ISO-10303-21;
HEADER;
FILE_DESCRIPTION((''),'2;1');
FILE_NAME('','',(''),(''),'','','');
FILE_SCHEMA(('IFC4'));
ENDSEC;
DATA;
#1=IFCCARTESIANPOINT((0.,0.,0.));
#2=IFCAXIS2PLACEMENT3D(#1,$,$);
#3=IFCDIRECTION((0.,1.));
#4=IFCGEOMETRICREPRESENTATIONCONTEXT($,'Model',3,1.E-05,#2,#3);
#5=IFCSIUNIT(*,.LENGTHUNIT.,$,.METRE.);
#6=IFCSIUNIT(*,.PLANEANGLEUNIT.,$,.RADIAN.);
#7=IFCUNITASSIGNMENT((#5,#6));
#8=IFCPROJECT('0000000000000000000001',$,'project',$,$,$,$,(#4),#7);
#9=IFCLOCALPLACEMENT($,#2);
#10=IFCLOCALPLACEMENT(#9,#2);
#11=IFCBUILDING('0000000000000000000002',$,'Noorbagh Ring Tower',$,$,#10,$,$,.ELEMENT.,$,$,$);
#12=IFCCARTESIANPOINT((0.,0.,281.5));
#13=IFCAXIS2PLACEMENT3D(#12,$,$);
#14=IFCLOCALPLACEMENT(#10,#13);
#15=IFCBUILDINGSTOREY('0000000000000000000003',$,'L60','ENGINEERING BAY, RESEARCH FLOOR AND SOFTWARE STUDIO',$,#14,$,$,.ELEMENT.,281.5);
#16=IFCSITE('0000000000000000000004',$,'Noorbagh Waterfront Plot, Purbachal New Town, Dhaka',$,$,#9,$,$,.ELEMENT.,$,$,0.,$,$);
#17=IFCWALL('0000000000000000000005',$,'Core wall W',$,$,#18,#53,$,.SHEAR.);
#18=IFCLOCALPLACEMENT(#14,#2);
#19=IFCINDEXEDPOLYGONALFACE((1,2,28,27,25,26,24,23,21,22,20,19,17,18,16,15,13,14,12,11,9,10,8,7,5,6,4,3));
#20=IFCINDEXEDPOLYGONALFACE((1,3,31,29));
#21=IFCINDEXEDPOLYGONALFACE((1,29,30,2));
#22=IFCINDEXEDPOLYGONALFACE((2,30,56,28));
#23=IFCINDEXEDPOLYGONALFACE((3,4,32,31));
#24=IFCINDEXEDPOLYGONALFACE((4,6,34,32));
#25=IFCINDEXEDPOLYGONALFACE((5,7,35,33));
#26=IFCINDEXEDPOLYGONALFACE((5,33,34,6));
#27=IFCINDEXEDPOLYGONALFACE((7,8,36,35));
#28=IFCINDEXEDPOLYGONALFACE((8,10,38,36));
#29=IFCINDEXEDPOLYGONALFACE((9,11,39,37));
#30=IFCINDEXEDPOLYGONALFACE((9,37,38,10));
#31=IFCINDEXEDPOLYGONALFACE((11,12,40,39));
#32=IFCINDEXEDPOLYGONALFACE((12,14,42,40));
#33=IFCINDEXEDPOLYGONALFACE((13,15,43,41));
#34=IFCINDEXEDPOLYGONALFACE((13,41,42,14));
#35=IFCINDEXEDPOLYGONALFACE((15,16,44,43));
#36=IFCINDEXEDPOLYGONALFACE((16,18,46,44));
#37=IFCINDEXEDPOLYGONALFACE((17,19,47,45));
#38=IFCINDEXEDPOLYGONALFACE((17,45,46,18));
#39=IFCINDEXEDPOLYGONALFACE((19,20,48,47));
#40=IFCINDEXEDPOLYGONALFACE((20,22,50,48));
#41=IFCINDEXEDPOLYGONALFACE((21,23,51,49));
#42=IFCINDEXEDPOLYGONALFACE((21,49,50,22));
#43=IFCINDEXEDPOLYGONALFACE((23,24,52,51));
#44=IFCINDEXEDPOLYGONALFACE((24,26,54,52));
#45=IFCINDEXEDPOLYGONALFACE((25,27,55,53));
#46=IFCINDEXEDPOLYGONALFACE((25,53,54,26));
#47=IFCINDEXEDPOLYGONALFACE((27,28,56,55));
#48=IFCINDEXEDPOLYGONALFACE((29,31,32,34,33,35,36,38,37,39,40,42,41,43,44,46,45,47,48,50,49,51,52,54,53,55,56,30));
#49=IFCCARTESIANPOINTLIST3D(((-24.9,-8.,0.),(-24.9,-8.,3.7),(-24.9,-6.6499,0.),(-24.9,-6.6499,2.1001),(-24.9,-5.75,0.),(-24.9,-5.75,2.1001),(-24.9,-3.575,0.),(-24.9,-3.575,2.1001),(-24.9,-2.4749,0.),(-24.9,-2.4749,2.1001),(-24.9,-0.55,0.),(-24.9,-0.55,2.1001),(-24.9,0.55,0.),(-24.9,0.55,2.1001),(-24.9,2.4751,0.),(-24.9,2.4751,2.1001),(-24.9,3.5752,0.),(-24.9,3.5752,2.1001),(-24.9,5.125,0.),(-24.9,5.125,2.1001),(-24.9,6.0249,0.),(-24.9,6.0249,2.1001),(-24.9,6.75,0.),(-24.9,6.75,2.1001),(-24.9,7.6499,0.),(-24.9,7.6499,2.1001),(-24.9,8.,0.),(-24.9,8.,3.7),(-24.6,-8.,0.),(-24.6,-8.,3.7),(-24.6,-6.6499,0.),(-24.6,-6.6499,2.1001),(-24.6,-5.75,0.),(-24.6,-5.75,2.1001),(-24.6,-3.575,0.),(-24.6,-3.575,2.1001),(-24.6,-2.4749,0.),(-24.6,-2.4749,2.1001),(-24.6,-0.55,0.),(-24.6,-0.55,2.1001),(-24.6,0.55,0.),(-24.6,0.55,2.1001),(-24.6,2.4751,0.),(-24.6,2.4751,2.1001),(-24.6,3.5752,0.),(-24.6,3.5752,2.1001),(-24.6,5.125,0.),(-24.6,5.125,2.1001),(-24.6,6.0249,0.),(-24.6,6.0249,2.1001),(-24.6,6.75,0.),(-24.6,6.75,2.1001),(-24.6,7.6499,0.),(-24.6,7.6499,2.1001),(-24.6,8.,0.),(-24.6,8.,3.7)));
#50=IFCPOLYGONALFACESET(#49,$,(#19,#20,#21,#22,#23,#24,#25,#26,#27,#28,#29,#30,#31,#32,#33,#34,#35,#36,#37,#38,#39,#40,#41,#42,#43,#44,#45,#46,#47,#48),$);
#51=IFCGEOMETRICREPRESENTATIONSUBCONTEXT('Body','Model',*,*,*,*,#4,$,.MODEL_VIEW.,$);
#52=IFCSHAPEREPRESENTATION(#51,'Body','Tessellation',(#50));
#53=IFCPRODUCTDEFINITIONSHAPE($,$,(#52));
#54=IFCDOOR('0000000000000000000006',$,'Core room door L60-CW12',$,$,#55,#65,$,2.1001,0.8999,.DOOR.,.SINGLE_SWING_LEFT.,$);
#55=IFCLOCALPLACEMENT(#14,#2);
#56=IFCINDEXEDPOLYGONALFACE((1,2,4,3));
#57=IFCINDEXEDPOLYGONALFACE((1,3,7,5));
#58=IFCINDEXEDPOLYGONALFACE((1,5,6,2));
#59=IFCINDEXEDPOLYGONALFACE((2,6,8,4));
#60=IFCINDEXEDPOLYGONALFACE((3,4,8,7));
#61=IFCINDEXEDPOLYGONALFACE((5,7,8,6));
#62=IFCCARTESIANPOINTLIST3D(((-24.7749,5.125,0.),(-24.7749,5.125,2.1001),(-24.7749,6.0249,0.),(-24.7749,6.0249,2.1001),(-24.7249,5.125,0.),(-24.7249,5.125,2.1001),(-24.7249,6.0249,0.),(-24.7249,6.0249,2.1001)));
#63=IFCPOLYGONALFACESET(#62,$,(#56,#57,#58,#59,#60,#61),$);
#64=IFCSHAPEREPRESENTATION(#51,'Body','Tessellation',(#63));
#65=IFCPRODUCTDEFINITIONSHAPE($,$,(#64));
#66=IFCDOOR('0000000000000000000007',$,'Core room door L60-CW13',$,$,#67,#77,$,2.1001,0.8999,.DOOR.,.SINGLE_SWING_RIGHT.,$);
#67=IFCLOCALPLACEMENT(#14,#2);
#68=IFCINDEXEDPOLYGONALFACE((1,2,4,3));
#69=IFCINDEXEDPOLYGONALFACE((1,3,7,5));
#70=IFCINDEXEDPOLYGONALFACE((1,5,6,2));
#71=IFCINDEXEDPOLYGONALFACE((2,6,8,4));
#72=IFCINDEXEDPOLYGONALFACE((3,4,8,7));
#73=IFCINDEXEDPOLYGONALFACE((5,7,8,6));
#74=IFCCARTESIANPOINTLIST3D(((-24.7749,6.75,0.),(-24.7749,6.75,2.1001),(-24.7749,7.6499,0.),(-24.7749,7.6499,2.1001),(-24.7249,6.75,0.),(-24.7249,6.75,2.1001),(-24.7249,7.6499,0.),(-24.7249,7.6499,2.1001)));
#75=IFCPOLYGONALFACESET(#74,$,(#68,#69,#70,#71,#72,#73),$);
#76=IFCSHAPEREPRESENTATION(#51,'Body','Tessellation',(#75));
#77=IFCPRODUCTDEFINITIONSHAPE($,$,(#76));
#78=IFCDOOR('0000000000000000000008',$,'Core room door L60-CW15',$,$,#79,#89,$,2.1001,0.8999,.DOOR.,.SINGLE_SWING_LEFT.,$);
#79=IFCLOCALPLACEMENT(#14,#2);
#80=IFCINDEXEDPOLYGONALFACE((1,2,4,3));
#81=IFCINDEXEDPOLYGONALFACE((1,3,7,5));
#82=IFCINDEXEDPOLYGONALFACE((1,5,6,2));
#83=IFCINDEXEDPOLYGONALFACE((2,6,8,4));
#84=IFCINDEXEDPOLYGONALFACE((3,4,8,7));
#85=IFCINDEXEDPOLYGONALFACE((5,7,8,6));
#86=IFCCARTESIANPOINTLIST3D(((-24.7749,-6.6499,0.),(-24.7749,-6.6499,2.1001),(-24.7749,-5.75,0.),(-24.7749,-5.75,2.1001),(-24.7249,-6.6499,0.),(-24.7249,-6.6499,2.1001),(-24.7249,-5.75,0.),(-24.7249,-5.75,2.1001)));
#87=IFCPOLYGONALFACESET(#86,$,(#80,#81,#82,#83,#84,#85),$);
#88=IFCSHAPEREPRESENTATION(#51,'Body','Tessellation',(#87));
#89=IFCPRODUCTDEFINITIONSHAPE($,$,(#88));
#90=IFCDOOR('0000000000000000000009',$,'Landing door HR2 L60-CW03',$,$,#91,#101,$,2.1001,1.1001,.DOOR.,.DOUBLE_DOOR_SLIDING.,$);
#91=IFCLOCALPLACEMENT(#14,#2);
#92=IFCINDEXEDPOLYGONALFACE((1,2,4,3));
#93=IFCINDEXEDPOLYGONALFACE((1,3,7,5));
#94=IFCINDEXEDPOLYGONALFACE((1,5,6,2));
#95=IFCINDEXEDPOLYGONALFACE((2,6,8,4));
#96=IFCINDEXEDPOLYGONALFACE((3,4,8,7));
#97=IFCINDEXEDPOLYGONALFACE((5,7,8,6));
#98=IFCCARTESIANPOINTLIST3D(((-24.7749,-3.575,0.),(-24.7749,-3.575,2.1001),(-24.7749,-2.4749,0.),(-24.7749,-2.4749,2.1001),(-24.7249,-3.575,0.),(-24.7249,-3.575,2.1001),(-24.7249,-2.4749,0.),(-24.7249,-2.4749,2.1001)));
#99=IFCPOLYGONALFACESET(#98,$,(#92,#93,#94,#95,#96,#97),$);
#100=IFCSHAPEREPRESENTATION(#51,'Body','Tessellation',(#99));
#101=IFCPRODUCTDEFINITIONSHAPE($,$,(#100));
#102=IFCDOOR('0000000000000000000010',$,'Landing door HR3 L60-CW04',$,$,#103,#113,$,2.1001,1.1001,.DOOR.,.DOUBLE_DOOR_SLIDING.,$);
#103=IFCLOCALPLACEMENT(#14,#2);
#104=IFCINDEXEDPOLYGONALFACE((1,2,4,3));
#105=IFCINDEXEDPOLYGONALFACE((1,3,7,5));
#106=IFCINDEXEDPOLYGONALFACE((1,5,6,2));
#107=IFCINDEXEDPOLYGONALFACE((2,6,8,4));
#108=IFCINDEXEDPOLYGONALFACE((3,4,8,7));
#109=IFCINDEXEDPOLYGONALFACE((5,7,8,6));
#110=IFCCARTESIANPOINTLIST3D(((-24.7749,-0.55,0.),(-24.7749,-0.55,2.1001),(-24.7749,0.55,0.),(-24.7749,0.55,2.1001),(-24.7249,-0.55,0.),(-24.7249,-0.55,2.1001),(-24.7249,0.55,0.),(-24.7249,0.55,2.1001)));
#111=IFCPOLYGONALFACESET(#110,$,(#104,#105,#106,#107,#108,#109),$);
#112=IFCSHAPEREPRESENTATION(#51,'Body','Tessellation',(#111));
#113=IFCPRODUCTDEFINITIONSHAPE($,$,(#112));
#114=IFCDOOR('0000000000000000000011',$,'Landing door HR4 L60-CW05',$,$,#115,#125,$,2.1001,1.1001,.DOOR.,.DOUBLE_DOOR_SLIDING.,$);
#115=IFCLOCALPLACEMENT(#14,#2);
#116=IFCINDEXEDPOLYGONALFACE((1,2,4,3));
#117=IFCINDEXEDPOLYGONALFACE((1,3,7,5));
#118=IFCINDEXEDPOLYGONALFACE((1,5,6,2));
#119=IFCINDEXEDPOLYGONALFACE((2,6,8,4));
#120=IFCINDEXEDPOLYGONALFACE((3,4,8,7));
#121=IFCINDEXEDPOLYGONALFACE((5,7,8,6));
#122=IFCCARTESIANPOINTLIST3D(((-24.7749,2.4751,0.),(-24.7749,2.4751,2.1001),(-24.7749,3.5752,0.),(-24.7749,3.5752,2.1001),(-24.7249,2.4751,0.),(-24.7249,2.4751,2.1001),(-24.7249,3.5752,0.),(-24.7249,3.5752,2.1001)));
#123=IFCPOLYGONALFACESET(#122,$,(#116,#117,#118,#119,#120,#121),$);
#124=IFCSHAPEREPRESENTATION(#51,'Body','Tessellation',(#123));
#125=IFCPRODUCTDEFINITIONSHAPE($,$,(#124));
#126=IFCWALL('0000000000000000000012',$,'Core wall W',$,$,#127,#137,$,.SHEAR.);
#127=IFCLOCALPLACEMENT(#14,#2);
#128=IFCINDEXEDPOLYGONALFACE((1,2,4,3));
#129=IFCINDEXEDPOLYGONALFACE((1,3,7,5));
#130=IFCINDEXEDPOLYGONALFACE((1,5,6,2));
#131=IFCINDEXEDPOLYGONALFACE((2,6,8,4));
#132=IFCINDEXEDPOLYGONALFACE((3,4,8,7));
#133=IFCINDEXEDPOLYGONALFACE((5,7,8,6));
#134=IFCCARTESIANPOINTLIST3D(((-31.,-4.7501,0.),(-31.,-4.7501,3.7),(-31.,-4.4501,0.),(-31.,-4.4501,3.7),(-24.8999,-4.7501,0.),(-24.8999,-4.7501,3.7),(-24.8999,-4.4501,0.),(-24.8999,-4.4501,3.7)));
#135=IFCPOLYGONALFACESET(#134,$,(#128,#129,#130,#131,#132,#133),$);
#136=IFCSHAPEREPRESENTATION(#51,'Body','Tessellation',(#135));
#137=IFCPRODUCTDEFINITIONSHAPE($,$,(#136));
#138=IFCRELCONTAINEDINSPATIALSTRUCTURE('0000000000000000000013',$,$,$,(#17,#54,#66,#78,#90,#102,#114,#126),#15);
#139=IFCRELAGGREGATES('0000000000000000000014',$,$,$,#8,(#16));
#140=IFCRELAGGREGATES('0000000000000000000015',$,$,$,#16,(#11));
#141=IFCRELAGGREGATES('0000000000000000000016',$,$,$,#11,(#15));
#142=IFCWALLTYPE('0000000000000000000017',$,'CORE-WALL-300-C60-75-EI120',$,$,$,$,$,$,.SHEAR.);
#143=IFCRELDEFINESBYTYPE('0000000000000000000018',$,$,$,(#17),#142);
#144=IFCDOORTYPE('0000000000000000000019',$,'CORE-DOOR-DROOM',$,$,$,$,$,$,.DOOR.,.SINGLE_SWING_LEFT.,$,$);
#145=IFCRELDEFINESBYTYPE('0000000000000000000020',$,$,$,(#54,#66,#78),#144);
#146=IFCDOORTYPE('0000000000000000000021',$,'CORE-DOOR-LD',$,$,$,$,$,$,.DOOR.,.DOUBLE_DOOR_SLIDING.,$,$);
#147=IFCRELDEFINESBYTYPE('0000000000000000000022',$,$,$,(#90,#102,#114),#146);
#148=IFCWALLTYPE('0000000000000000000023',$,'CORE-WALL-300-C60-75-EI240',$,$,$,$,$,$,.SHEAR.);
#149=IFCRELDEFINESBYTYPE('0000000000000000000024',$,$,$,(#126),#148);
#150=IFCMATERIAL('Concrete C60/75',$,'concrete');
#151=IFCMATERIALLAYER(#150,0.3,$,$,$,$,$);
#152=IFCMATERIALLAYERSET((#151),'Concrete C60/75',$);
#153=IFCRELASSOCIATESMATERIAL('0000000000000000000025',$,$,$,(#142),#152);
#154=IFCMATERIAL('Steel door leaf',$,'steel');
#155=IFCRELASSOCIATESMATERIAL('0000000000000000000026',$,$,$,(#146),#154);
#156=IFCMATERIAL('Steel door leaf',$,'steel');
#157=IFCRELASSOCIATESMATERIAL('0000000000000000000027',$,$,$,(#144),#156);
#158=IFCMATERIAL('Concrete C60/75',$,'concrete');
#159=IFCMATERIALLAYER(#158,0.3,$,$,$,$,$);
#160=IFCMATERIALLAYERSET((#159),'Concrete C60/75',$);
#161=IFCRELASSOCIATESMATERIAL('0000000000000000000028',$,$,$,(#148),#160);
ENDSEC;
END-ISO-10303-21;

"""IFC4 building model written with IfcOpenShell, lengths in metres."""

from ifc_helpers import new_model, si_unit, direction, frame, frame_2d, origin, place, context, subcontext, project, spatial, rectangle, extrude, material, layer, layer_set, type_object, element, fill, save


model = new_model("IFC4")

# Units and contexts
model_context = context("Model", 3, precision=1e-05, world=origin(), true_north=direction((0.0, 1.0)))
body_context = subcontext(model_context, "Body", "Model", "MODEL_VIEW")
ifc_project = project(units=[si_unit("LENGTHUNIT", "METRE"), si_unit("PLANEANGLEUNIT", "RADIAN")], contexts=[model_context])

# Site, building, storey
site_placement = place(None, origin())
site = spatial("IfcSite", under=ifc_project, at=site_placement, Name="Noorbagh Waterfront Plot, Purbachal New Town, Dhaka", CompositionType="ELEMENT", RefElevation=0.0)
building_placement = place(site_placement, origin())
building = spatial("IfcBuilding", under=site, at=building_placement, Name="Noorbagh Ring Tower", CompositionType="ELEMENT")
storey_placement = place(building_placement, frame((0.0, 0.0, 281.5)))
storey = spatial("IfcBuildingStorey", under=building, at=storey_placement, Name="L60", Description="ENGINEERING BAY, RESEARCH FLOOR AND SOFTWARE STUDIO", CompositionType="ELEMENT", Elevation=281.5)

# Shared definitions
ifc_material_1 = material(Name="Concrete C60/75", Category="concrete")
ifc_layer_1 = layer(ifc_material_1, 0.3)
ifc_layer_set_1 = layer_set([ifc_layer_1], Name="Concrete C60/75")
wall_type_1 = type_object("IfcWallType", Name="CORE-WALL-300-C60-75-EI120", PredefinedType="SHEAR", material=ifc_layer_set_1)

# Wall, openings, doors
ifc_material_2 = material(Name="Steel door leaf", Category="steel")
door_type_1 = type_object("IfcDoorType", Name="CORE-DOOR-LD", OperationType="DOUBLE_DOOR_SLIDING", PredefinedType="DOOR", material=ifc_material_2)
wall_1_placement = place(storey_placement, frame((-24.75, -8.0, 0.0), z_axis=(0.0, 0.0, 1.0), x_axis=(0.0, 1.0, 0.0)))
wall_1 = element("IfcWall", 1, at=wall_1_placement, inside=storey, type_object=wall_type_1, Name="Core wall W", PredefinedType="SHEAR", context=body_context, shape_type="SweptSolid", body=[
    extrude(rectangle(XDim=16.0, YDim=0.3, at=frame_2d((8.0, 0.0))), origin(), (0.0, 0.0, 1.0), 3.7),
])
opening_1_placement = place(wall_1_placement, frame((4.425, 0.0, 0.0)))
opening_1 = element("IfcOpeningElement", 2, at=opening_1_placement, cuts=wall_1, PredefinedType="OPENING", context=body_context, shape_type="SweptSolid", body=[
    extrude(rectangle(XDim=1.1001, YDim=2.1001, at=frame_2d((0.55, 1.05))), frame((0.0, 0.1602, 0.0), z_axis=(0.0, -1.0, 0.0), x_axis=(1.0, 0.0, 0.0)), (0.0, 0.0, 1.0), 0.3201),
])
opening_2_placement = place(wall_1_placement, frame((7.45, 0.0, 0.0)))
opening_2 = element("IfcOpeningElement", 3, at=opening_2_placement, cuts=wall_1, PredefinedType="OPENING", context=body_context, shape_type="SweptSolid", body=[
    extrude(rectangle(XDim=1.1001, YDim=2.1001, at=frame_2d((0.55, 1.05))), frame((0.0, 0.1602, 0.0), z_axis=(0.0, -1.0, 0.0), x_axis=(1.0, 0.0, 0.0)), (0.0, 0.0, 1.0), 0.3201),
])
opening_3_placement = place(wall_1_placement, frame((10.4751, 0.0, 0.0)))
opening_3 = element("IfcOpeningElement", 4, at=opening_3_placement, cuts=wall_1, PredefinedType="OPENING", context=body_context, shape_type="SweptSolid", body=[
    extrude(rectangle(XDim=1.1001, YDim=2.1001, at=frame_2d((0.55, 1.05))), frame((0.0, 0.1602, 0.0), z_axis=(0.0, -1.0, 0.0), x_axis=(1.0, 0.0, 0.0)), (0.0, 0.0, 1.0), 0.3201),
])
opening_4_placement = place(wall_1_placement, frame((13.125, 0.0, 0.0)))
opening_4 = element("IfcOpeningElement", 5, at=opening_4_placement, cuts=wall_1, PredefinedType="OPENING", context=body_context, shape_type="SweptSolid", body=[
    extrude(rectangle(XDim=0.8999, YDim=2.1001, at=frame_2d((0.45, 1.05))), frame((0.0, 0.1602, 0.0), z_axis=(0.0, -1.0, 0.0), x_axis=(1.0, 0.0, 0.0)), (0.0, 0.0, 1.0), 0.3201),
])
opening_5_placement = place(wall_1_placement, frame((14.75, 0.0, 0.0)))
opening_5 = element("IfcOpeningElement", 6, at=opening_5_placement, cuts=wall_1, PredefinedType="OPENING", context=body_context, shape_type="SweptSolid", body=[
    extrude(rectangle(XDim=0.8999, YDim=2.1001, at=frame_2d((0.45, 1.05))), frame((0.0, 0.1602, 0.0), z_axis=(0.0, -1.0, 0.0), x_axis=(1.0, 0.0, 0.0)), (0.0, 0.0, 1.0), 0.3201),
])
opening_6_placement = place(wall_1_placement, frame((1.3501, 0.0, 0.0)))
opening_6 = element("IfcOpeningElement", 7, at=opening_6_placement, cuts=wall_1, PredefinedType="OPENING", context=body_context, shape_type="SweptSolid", body=[
    extrude(rectangle(XDim=0.8999, YDim=2.1001, at=frame_2d((0.45, 1.05))), frame((0.0, 0.1602, 0.0), z_axis=(0.0, -1.0, 0.0), x_axis=(1.0, 0.0, 0.0)), (0.0, 0.0, 1.0), 0.3201),
])
ifc_material_3 = material(Name="Steel door leaf", Category="steel")
door_type_2 = type_object("IfcDoorType", Name="CORE-DOOR-DROOM", OperationType="SINGLE_SWING_LEFT", PredefinedType="DOOR", material=ifc_material_3)
door_1_placement = place(opening_4_placement, origin())
door_1 = element("IfcDoor", 8, at=door_1_placement, inside=storey, type_object=door_type_2, Name="Core room door L60-CW12", OperationType="SINGLE_SWING_LEFT", OverallHeight=2.1001, OverallWidth=0.8999, PredefinedType="DOOR", context=body_context, shape_type="SweptSolid", body=[
    extrude(rectangle(XDim=0.8999, YDim=2.1001, at=frame_2d((0.45, 1.05))), frame((0.0, 0.0249, 0.0), z_axis=(0.0, -1.0, 0.0), x_axis=(1.0, 0.0, 0.0)), (0.0, 0.0, 1.0), 0.05),
])
fill(opening_4, door_1)
door_2_placement = place(opening_5_placement, origin())
door_2 = element("IfcDoor", 9, at=door_2_placement, inside=storey, type_object=door_type_2, Name="Core room door L60-CW13", OperationType="SINGLE_SWING_RIGHT", OverallHeight=2.1001, OverallWidth=0.8999, PredefinedType="DOOR", context=body_context, shape_type="SweptSolid", body=[
    extrude(rectangle(XDim=0.8999, YDim=2.1001, at=frame_2d((0.45, 1.05))), frame((0.0, 0.0249, 0.0), z_axis=(0.0, -1.0, 0.0), x_axis=(1.0, 0.0, 0.0)), (0.0, 0.0, 1.0), 0.05),
])
fill(opening_5, door_2)
door_3_placement = place(opening_6_placement, origin())
door_3 = element("IfcDoor", 10, at=door_3_placement, inside=storey, type_object=door_type_2, Name="Core room door L60-CW15", OperationType="SINGLE_SWING_LEFT", OverallHeight=2.1001, OverallWidth=0.8999, PredefinedType="DOOR", context=body_context, shape_type="SweptSolid", body=[
    extrude(rectangle(XDim=0.8999, YDim=2.1001, at=frame_2d((0.45, 1.05))), frame((0.0, 0.0249, 0.0), z_axis=(0.0, -1.0, 0.0), x_axis=(1.0, 0.0, 0.0)), (0.0, 0.0, 1.0), 0.05),
])
fill(opening_6, door_3)
door_4_placement = place(opening_1_placement, origin())
door_4 = element("IfcDoor", 11, at=door_4_placement, inside=storey, type_object=door_type_1, Name="Landing door HR2 L60-CW03", OperationType="DOUBLE_DOOR_SLIDING", OverallHeight=2.1001, OverallWidth=1.1001, PredefinedType="DOOR", context=body_context, shape_type="SweptSolid", body=[
    extrude(rectangle(XDim=1.1001, YDim=2.1001, at=frame_2d((0.55, 1.05))), frame((0.0, 0.0249, 0.0), z_axis=(0.0, -1.0, 0.0), x_axis=(1.0, 0.0, 0.0)), (0.0, 0.0, 1.0), 0.05),
])
fill(opening_1, door_4)
door_5_placement = place(opening_2_placement, origin())
door_5 = element("IfcDoor", 12, at=door_5_placement, inside=storey, type_object=door_type_1, Name="Landing door HR3 L60-CW04", OperationType="DOUBLE_DOOR_SLIDING", OverallHeight=2.1001, OverallWidth=1.1001, PredefinedType="DOOR", context=body_context, shape_type="SweptSolid", body=[
    extrude(rectangle(XDim=1.1001, YDim=2.1001, at=frame_2d((0.55, 1.05))), frame((0.0, 0.0249, 0.0), z_axis=(0.0, -1.0, 0.0), x_axis=(1.0, 0.0, 0.0)), (0.0, 0.0, 1.0), 0.05),
])
fill(opening_2, door_5)
door_6_placement = place(opening_3_placement, origin())
door_6 = element("IfcDoor", 13, at=door_6_placement, inside=storey, type_object=door_type_1, Name="Landing door HR4 L60-CW05", OperationType="DOUBLE_DOOR_SLIDING", OverallHeight=2.1001, OverallWidth=1.1001, PredefinedType="DOOR", context=body_context, shape_type="SweptSolid", body=[
    extrude(rectangle(XDim=1.1001, YDim=2.1001, at=frame_2d((0.55, 1.05))), frame((0.0, 0.0249, 0.0), z_axis=(0.0, -1.0, 0.0), x_axis=(1.0, 0.0, 0.0)), (0.0, 0.0, 1.0), 0.05),
])
fill(opening_3, door_6)

# Wall
ifc_material_4 = material(Name="Concrete C60/75", Category="concrete")
ifc_layer_2 = layer(ifc_material_4, 0.3)
ifc_layer_set_2 = layer_set([ifc_layer_2], Name="Concrete C60/75")
wall_type_2 = type_object("IfcWallType", Name="CORE-WALL-300-C60-75-EI240", PredefinedType="SHEAR", material=ifc_layer_set_2)
wall_2_placement = place(storey_placement, frame((-24.8999, -4.6001, 0.0), z_axis=(0.0, 0.0, 1.0), x_axis=(-1.0, 0.0, 0.0)))
element("IfcWall", 14, at=wall_2_placement, inside=storey, type_object=wall_type_2, Name="Core wall W", PredefinedType="SHEAR", context=body_context, shape_type="SweptSolid", body=[
    extrude(rectangle(XDim=6.1001, YDim=0.3, at=frame_2d((3.05, 0.0))), origin(), (0.0, 0.0, 1.0), 3.7),
])

save(model, "model.ifc")
